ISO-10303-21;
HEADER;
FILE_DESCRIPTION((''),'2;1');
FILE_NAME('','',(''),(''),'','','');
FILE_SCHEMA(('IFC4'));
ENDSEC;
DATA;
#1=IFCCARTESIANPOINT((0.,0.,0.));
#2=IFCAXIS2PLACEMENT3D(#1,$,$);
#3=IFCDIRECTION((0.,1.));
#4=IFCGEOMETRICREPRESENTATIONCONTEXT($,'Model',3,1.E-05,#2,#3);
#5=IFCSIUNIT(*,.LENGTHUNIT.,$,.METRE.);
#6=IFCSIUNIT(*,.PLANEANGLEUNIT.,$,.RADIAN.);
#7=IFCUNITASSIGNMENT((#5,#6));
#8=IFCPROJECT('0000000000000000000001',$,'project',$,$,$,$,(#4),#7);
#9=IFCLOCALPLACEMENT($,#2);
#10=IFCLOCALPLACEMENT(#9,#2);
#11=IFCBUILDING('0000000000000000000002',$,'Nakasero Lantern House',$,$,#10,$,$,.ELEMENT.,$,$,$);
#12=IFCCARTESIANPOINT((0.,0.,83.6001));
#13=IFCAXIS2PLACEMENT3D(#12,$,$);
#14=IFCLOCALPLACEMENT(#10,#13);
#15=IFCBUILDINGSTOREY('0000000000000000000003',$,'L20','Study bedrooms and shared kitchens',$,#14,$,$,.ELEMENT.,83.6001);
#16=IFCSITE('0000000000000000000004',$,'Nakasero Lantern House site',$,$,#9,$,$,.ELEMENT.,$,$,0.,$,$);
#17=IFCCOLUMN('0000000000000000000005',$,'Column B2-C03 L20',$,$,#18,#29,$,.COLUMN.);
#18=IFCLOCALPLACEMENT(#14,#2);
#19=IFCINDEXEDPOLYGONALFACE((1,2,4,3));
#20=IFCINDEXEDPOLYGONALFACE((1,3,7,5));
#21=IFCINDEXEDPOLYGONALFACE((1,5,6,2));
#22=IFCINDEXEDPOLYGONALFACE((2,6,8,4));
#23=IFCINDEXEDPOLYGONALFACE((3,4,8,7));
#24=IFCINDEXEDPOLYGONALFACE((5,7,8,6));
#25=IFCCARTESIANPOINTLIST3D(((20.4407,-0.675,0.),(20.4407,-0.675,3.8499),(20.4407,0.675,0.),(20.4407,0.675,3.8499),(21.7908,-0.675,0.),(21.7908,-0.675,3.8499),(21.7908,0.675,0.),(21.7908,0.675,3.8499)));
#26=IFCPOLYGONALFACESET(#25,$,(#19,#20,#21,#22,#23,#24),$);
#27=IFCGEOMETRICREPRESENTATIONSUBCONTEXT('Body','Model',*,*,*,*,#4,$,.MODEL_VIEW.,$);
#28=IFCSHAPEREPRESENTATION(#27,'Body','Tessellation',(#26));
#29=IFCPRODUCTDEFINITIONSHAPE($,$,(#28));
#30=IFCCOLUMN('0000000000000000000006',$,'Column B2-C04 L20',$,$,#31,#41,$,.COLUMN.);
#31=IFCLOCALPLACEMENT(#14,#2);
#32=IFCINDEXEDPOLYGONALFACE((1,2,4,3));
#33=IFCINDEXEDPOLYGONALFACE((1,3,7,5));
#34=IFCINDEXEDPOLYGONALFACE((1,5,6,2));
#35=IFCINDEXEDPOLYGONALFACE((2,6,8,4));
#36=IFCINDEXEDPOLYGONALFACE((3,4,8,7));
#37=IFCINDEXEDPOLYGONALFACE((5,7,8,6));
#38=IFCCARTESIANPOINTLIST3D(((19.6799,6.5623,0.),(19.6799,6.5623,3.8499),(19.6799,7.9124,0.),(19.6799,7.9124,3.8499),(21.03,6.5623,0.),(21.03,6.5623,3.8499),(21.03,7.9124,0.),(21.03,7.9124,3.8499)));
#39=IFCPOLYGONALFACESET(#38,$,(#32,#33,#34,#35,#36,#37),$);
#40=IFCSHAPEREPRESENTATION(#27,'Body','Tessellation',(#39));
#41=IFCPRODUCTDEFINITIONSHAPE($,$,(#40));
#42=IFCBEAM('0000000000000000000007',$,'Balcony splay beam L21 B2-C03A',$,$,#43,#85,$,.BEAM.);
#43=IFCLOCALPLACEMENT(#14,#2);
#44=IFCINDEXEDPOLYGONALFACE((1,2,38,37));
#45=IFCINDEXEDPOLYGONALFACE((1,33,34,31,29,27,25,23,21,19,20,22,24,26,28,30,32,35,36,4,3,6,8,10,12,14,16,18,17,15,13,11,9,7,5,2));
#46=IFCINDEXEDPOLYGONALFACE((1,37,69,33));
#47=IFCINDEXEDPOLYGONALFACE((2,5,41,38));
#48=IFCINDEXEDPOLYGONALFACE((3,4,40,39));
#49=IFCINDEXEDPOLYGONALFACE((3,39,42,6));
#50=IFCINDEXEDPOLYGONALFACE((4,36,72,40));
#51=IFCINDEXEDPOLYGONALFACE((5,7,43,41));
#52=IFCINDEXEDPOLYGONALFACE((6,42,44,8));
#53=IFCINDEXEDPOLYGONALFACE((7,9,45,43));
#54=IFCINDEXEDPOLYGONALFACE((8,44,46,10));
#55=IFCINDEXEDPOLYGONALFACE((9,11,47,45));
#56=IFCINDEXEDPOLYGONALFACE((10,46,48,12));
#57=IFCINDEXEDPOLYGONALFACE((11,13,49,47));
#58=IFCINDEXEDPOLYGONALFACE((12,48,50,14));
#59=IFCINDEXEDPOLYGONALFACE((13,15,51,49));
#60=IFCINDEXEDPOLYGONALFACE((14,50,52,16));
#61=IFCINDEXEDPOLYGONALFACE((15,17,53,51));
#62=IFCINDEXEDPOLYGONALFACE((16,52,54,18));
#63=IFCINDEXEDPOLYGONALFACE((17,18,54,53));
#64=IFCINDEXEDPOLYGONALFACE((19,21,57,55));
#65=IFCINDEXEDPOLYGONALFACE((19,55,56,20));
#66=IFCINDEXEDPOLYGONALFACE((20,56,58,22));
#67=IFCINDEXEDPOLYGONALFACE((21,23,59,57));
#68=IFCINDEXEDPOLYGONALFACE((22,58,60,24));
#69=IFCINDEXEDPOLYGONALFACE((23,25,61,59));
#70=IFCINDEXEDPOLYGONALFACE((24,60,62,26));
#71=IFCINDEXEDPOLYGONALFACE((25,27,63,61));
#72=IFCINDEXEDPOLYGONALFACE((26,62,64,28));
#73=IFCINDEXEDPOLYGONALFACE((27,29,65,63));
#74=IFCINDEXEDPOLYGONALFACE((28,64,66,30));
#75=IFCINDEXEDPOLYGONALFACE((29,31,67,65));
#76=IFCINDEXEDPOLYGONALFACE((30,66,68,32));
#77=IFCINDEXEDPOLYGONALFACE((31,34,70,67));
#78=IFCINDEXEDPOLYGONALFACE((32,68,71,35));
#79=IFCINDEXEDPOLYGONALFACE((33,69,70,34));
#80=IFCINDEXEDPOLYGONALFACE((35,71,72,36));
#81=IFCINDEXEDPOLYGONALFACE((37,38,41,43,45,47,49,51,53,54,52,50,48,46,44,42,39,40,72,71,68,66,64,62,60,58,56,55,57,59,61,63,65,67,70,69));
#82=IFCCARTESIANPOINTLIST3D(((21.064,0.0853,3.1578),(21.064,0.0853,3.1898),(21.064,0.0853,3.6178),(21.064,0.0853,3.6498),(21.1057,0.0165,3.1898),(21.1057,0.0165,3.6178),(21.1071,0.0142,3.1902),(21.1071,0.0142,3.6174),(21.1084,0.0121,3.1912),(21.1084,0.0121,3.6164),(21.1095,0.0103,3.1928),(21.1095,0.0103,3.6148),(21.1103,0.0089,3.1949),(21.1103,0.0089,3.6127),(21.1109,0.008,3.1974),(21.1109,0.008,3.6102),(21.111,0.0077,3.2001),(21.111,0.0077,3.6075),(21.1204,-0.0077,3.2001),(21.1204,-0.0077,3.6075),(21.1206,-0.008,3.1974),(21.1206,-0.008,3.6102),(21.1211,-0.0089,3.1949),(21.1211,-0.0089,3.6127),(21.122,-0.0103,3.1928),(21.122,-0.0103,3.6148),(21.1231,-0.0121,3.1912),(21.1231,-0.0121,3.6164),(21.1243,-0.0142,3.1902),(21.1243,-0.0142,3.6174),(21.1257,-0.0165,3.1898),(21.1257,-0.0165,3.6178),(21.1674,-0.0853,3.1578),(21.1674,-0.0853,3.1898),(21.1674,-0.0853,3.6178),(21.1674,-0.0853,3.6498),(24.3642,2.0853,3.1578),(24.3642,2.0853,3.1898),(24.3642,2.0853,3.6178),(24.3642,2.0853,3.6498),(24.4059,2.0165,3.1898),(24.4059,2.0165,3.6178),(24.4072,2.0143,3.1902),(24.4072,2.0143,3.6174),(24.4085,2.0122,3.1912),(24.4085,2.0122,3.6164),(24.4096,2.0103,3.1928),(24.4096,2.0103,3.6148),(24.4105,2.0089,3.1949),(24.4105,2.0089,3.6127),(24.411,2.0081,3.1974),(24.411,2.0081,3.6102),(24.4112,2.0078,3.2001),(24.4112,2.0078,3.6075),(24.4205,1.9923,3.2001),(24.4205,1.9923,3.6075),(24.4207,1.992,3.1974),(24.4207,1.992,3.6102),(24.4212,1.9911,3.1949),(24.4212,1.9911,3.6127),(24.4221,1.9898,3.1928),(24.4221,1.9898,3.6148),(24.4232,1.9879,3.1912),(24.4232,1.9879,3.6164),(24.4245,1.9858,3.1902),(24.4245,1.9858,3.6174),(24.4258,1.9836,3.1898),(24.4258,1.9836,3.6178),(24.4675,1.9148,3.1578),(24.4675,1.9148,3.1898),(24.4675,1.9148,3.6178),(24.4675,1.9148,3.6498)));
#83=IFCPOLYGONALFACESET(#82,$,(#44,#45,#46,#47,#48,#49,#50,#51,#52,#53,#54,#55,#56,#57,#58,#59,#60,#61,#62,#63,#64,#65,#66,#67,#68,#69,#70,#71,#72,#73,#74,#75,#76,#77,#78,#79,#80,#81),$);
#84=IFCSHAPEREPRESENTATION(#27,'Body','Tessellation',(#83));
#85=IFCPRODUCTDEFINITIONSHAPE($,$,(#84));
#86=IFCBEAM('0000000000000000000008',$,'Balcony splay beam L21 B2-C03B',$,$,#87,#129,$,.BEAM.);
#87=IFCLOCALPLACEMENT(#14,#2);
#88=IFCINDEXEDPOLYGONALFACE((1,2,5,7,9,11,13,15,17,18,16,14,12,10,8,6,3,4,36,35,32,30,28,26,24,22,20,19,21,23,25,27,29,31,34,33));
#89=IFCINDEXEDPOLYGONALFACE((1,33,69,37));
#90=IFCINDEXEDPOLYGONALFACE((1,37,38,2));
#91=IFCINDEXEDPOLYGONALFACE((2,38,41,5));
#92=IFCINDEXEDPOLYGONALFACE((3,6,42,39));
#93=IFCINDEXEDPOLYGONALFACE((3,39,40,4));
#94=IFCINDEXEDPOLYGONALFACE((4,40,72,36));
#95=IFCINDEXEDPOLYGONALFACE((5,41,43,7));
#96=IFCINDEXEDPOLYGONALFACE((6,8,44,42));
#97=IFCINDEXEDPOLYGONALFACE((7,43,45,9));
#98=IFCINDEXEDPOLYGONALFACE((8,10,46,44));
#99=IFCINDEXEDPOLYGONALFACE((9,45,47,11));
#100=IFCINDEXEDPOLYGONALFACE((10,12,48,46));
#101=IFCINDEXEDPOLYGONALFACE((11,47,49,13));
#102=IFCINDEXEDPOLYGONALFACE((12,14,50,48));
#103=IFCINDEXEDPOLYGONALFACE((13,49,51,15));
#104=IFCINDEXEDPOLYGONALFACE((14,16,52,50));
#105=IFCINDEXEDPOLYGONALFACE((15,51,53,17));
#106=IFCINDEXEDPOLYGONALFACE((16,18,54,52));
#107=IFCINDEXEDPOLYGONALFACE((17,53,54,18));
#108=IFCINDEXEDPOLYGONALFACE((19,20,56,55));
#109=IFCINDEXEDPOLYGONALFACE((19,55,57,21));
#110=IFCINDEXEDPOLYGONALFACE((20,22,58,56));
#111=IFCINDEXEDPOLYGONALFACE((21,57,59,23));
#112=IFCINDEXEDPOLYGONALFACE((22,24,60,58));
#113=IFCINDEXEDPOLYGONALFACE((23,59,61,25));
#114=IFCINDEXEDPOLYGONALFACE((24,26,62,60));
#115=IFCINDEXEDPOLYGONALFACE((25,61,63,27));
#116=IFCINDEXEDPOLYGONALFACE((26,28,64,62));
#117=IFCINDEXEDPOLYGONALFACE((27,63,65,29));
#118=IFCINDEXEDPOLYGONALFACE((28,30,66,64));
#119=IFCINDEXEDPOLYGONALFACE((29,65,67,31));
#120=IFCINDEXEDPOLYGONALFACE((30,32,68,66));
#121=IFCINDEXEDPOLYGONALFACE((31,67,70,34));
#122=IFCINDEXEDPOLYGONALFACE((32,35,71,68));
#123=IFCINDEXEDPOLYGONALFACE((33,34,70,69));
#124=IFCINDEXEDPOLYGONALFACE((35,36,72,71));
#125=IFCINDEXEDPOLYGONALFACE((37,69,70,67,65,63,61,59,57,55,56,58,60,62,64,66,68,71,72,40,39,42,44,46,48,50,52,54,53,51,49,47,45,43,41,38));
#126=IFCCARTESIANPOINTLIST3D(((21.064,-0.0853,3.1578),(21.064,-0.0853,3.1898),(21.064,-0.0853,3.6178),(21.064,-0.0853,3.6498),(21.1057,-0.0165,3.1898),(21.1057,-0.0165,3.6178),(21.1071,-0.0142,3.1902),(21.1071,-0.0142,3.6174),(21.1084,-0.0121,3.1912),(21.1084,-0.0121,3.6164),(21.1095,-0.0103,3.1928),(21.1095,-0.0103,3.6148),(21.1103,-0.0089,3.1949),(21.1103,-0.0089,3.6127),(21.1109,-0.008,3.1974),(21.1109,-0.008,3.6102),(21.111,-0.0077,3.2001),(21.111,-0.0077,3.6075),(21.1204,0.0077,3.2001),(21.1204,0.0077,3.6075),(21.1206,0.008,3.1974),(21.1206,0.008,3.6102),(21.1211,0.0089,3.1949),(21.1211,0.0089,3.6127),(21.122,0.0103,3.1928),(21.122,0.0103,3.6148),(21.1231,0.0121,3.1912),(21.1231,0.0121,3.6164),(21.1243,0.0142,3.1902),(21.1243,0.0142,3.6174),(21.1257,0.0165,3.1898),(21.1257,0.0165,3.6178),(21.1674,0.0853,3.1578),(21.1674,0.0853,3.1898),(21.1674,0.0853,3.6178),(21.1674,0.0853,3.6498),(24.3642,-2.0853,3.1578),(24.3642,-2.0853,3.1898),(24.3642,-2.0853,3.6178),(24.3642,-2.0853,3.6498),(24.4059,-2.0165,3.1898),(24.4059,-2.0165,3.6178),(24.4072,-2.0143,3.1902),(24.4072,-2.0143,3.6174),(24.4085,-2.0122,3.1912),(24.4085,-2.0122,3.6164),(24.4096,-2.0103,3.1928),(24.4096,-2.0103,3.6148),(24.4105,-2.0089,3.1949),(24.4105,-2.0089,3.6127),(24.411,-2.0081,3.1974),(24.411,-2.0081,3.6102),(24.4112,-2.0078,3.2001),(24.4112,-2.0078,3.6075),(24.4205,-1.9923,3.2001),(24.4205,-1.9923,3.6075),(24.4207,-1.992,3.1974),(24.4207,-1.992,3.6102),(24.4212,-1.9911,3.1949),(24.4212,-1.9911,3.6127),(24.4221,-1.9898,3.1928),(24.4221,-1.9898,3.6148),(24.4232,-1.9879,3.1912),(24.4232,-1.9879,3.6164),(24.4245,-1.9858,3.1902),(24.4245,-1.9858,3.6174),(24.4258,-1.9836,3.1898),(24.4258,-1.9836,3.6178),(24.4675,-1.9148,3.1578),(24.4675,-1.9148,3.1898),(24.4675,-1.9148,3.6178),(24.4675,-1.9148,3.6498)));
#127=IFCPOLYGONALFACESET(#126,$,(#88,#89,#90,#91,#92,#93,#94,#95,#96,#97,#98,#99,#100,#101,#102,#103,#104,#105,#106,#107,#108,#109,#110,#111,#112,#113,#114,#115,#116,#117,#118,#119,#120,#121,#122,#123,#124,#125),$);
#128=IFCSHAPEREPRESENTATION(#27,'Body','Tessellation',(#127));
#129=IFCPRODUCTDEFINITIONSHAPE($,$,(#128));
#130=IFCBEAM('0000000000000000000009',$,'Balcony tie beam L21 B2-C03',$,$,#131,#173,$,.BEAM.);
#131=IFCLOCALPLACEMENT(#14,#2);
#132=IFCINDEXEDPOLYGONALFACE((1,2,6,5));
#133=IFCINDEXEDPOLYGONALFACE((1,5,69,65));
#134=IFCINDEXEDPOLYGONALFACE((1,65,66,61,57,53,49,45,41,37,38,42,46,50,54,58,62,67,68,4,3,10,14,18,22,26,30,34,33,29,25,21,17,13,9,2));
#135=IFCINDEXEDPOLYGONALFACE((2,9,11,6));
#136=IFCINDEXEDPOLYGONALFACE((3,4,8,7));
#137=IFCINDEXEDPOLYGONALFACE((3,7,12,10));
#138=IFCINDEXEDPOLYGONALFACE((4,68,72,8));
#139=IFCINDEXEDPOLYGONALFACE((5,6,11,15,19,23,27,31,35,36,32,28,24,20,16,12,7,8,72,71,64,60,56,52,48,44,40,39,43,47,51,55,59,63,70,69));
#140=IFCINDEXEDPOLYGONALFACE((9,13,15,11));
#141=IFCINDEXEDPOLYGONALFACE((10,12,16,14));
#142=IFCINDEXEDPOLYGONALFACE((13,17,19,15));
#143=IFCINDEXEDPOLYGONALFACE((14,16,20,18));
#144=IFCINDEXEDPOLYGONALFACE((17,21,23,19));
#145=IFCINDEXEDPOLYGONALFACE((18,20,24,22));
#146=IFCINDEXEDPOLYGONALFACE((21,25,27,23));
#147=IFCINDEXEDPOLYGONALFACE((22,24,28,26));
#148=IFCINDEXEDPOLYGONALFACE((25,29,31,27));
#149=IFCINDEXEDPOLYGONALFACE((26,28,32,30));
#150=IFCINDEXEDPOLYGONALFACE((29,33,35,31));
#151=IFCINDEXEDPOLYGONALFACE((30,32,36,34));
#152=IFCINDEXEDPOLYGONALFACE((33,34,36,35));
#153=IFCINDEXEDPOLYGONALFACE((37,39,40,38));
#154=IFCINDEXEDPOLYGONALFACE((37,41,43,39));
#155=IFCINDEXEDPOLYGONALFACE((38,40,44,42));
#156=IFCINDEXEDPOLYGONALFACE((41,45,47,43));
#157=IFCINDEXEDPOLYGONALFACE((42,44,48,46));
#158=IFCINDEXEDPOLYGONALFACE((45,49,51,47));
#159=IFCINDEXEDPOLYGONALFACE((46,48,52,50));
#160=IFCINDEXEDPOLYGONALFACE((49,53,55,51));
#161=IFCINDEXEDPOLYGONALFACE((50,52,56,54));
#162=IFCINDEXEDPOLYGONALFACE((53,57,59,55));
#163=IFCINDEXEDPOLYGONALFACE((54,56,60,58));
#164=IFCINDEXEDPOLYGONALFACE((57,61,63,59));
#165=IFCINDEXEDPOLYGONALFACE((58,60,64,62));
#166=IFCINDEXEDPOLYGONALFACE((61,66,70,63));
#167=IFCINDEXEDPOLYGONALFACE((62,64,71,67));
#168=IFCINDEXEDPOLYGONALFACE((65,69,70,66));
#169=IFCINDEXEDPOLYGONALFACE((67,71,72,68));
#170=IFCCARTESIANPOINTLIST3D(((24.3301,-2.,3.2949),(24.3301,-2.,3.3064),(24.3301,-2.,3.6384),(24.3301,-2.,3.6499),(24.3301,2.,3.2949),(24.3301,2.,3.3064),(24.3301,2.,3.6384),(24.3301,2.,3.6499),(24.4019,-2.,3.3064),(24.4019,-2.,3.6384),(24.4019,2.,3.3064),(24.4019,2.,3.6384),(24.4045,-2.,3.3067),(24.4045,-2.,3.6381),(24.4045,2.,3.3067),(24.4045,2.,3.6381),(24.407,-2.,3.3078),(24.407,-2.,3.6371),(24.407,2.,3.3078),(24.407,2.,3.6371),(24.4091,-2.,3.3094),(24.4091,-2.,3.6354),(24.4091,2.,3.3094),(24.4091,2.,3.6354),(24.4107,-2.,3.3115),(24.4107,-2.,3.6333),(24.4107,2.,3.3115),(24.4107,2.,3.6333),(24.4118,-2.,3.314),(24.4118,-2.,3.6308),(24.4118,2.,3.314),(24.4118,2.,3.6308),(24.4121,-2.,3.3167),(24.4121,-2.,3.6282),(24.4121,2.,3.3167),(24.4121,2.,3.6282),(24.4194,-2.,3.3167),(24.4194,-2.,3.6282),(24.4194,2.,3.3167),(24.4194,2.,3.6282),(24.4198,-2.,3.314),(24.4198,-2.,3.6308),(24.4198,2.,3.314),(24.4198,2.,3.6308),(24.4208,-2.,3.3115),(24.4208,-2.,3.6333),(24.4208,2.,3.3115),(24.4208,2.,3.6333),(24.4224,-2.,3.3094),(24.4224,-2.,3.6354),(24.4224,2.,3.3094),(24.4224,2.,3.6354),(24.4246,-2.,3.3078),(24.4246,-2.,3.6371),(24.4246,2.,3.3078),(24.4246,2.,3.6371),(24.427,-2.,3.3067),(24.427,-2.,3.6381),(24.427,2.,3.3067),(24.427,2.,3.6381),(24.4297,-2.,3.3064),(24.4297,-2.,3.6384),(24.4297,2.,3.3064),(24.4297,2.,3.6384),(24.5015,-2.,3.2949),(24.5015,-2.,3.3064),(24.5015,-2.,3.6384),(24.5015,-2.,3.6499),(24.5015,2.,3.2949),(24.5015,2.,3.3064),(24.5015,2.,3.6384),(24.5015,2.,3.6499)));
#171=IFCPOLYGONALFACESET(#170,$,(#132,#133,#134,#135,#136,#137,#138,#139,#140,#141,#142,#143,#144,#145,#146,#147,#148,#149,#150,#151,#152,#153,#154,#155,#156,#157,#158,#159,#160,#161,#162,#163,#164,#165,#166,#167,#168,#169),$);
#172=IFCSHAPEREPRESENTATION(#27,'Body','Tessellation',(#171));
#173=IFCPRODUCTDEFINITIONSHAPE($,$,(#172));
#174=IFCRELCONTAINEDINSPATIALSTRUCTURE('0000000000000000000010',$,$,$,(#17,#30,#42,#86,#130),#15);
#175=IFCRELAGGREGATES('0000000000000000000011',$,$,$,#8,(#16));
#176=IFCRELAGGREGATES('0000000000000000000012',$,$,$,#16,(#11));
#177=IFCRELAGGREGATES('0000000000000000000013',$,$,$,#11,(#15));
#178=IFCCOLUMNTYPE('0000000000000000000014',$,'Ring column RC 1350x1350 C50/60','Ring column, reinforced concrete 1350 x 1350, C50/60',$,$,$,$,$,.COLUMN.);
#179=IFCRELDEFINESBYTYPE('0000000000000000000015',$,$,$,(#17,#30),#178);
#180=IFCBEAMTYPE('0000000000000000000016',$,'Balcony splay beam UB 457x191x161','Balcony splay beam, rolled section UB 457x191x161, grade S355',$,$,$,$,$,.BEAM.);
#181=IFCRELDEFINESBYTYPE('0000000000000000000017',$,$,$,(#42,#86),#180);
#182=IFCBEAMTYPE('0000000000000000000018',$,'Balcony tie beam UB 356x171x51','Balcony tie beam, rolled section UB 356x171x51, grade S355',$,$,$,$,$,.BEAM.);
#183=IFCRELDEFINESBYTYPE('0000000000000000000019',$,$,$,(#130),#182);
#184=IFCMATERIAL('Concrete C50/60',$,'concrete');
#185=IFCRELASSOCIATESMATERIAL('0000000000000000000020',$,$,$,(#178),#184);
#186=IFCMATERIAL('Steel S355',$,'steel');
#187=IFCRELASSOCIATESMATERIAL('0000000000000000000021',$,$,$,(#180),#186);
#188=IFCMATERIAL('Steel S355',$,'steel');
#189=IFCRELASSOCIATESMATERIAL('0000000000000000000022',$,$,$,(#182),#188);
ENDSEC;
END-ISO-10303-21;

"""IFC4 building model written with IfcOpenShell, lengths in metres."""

from ifc_helpers import new_model, si_unit, direction, frame, origin, origin_2d, place, context, subcontext, project, spatial, rectangle, i_section, extrude, material, material_profile, profile_set, type_object, element, save


model = new_model("IFC4")

# Units and contexts
model_context = context("Model", 3, precision=1e-05, world=origin(), true_north=direction((0.0, 1.0)))
body_context = subcontext(model_context, "Body", "Model", "MODEL_VIEW")
ifc_project = project(units=[si_unit("LENGTHUNIT", "METRE"), si_unit("PLANEANGLEUNIT", "RADIAN")], contexts=[model_context])

# Site, building, storey
site_placement = place(None, origin())
site = spatial("IfcSite", under=ifc_project, at=site_placement, Name="Nakasero Lantern House site", CompositionType="ELEMENT", RefElevation=0.0)
building_placement = place(site_placement, origin())
building = spatial("IfcBuilding", under=site, at=building_placement, Name="Nakasero Lantern House", CompositionType="ELEMENT")
storey_placement = place(building_placement, frame((0.0, 0.0, 83.6001)))
storey = spatial("IfcBuildingStorey", under=building, at=storey_placement, Name="L20", Description="Study bedrooms and shared kitchens", CompositionType="ELEMENT", Elevation=83.6001)

# Columns
ifc_material_1 = material(Name="Concrete C50/60", Category="concrete")
ifc_material_profile_1 = material_profile(ifc_material_1, rectangle(XDim=1.3501, YDim=1.3501, at=origin_2d()), Name="RC 1350x1350")
ifc_profile_set_1 = profile_set([ifc_material_profile_1], Name="Concrete C50/60")
column_type = type_object("IfcColumnType", Name="Ring column RC 1350x1350 C50/60", Description="Ring column, reinforced concrete 1350 x 1350, C50/60", PredefinedType="COLUMN", material=ifc_profile_set_1)
for number, where, z_axis, x_axis, name in (
    (1, (21.1157, 0.0, 0.0), (0.0, 0.0, 1.0), (1.0, 0.0, 0.0), "Column B2-C03 L20"),
    (2, (20.355, 7.2373, 0.0), (0.0, 0.0, 1.0), (1.0, 0.0, 0.0), "Column B2-C04 L20"),
):
    element("IfcColumn", number, at=place(storey_placement, frame(where, z_axis=z_axis, x_axis=x_axis)), inside=storey, type_object=column_type, Name=name, PredefinedType="COLUMN", context=body_context, shape_type="SweptSolid", body=[
        extrude(rectangle(XDim=1.3501, YDim=1.3501, at=origin_2d()), origin(), (0.0, 0.0, 1.0), 3.8499),
    ])

# Beams
ifc_material_2 = material(Name="Steel S355", Category="steel")
ifc_material_profile_2 = material_profile(ifc_material_2, i_section(OverallWidth=0.1995, OverallDepth=0.4919, WebThickness=0.0181, FlangeThickness=0.032, FilletRadius=0.0103, at=origin_2d()), Name="UB 457x191x161")
ifc_profile_set_2 = profile_set([ifc_material_profile_2], Name="Steel S355")
beam_type_1 = type_object("IfcBeamType", Name="Balcony splay beam UB 457x191x161", Description="Balcony splay beam, rolled section UB 457x191x161, grade S355", PredefinedType="BEAM", material=ifc_profile_set_2)
for number, where, z_axis, x_axis, name in (
    (3, (21.1157, 0.0, 3.4038), (0.855201, 0.518296, 0.0), (-0.518296, 0.855201, 0.0), "Balcony splay beam L21 B2-C03A"),
    (4, (21.1157, 0.0, 3.4038), (0.855201, -0.518296, 0.0), (0.518296, 0.855201, 0.0), "Balcony splay beam L21 B2-C03B"),
):
    element("IfcBeam", number, at=place(storey_placement, frame(where, z_axis=z_axis, x_axis=x_axis)), inside=storey, type_object=beam_type_1, Name=name, PredefinedType="BEAM", context=body_context, shape_type="SweptSolid", body=[
        extrude(i_section(OverallWidth=0.1995, OverallDepth=0.4919, WebThickness=0.0181, FlangeThickness=0.032, FilletRadius=0.0103, at=origin_2d()), origin(), (0.0, 0.0, 1.0), 3.8589),
    ])
ifc_material_3 = material(Name="Steel S355", Category="steel")
ifc_material_profile_3 = material_profile(ifc_material_3, i_section(OverallWidth=0.1714, OverallDepth=0.355, WebThickness=0.0073, FlangeThickness=0.0115, FilletRadius=0.0103, at=origin_2d()), Name="UB 356x171x51")
ifc_profile_set_3 = profile_set([ifc_material_profile_3], Name="Steel S355")
beam_type_2 = type_object("IfcBeamType", Name="Balcony tie beam UB 356x171x51", Description="Balcony tie beam, rolled section UB 356x171x51, grade S355", PredefinedType="BEAM", material=ifc_profile_set_3)
beam_1_placement = place(storey_placement, frame((24.4158, 2.0, 3.4724), z_axis=(0.0, -1.0, 0.0), x_axis=(1.0, 0.0, 0.0)))
element("IfcBeam", 5, at=beam_1_placement, inside=storey, type_object=beam_type_2, Name="Balcony tie beam L21 B2-C03", PredefinedType="BEAM", context=body_context, shape_type="SweptSolid", body=[
    extrude(i_section(OverallWidth=0.1714, OverallDepth=0.355, WebThickness=0.0073, FlangeThickness=0.0115, FilletRadius=0.0103, at=origin_2d()), origin(), (0.0, 0.0, 1.0), 4.0),
])

save(model, "model.ifc")
